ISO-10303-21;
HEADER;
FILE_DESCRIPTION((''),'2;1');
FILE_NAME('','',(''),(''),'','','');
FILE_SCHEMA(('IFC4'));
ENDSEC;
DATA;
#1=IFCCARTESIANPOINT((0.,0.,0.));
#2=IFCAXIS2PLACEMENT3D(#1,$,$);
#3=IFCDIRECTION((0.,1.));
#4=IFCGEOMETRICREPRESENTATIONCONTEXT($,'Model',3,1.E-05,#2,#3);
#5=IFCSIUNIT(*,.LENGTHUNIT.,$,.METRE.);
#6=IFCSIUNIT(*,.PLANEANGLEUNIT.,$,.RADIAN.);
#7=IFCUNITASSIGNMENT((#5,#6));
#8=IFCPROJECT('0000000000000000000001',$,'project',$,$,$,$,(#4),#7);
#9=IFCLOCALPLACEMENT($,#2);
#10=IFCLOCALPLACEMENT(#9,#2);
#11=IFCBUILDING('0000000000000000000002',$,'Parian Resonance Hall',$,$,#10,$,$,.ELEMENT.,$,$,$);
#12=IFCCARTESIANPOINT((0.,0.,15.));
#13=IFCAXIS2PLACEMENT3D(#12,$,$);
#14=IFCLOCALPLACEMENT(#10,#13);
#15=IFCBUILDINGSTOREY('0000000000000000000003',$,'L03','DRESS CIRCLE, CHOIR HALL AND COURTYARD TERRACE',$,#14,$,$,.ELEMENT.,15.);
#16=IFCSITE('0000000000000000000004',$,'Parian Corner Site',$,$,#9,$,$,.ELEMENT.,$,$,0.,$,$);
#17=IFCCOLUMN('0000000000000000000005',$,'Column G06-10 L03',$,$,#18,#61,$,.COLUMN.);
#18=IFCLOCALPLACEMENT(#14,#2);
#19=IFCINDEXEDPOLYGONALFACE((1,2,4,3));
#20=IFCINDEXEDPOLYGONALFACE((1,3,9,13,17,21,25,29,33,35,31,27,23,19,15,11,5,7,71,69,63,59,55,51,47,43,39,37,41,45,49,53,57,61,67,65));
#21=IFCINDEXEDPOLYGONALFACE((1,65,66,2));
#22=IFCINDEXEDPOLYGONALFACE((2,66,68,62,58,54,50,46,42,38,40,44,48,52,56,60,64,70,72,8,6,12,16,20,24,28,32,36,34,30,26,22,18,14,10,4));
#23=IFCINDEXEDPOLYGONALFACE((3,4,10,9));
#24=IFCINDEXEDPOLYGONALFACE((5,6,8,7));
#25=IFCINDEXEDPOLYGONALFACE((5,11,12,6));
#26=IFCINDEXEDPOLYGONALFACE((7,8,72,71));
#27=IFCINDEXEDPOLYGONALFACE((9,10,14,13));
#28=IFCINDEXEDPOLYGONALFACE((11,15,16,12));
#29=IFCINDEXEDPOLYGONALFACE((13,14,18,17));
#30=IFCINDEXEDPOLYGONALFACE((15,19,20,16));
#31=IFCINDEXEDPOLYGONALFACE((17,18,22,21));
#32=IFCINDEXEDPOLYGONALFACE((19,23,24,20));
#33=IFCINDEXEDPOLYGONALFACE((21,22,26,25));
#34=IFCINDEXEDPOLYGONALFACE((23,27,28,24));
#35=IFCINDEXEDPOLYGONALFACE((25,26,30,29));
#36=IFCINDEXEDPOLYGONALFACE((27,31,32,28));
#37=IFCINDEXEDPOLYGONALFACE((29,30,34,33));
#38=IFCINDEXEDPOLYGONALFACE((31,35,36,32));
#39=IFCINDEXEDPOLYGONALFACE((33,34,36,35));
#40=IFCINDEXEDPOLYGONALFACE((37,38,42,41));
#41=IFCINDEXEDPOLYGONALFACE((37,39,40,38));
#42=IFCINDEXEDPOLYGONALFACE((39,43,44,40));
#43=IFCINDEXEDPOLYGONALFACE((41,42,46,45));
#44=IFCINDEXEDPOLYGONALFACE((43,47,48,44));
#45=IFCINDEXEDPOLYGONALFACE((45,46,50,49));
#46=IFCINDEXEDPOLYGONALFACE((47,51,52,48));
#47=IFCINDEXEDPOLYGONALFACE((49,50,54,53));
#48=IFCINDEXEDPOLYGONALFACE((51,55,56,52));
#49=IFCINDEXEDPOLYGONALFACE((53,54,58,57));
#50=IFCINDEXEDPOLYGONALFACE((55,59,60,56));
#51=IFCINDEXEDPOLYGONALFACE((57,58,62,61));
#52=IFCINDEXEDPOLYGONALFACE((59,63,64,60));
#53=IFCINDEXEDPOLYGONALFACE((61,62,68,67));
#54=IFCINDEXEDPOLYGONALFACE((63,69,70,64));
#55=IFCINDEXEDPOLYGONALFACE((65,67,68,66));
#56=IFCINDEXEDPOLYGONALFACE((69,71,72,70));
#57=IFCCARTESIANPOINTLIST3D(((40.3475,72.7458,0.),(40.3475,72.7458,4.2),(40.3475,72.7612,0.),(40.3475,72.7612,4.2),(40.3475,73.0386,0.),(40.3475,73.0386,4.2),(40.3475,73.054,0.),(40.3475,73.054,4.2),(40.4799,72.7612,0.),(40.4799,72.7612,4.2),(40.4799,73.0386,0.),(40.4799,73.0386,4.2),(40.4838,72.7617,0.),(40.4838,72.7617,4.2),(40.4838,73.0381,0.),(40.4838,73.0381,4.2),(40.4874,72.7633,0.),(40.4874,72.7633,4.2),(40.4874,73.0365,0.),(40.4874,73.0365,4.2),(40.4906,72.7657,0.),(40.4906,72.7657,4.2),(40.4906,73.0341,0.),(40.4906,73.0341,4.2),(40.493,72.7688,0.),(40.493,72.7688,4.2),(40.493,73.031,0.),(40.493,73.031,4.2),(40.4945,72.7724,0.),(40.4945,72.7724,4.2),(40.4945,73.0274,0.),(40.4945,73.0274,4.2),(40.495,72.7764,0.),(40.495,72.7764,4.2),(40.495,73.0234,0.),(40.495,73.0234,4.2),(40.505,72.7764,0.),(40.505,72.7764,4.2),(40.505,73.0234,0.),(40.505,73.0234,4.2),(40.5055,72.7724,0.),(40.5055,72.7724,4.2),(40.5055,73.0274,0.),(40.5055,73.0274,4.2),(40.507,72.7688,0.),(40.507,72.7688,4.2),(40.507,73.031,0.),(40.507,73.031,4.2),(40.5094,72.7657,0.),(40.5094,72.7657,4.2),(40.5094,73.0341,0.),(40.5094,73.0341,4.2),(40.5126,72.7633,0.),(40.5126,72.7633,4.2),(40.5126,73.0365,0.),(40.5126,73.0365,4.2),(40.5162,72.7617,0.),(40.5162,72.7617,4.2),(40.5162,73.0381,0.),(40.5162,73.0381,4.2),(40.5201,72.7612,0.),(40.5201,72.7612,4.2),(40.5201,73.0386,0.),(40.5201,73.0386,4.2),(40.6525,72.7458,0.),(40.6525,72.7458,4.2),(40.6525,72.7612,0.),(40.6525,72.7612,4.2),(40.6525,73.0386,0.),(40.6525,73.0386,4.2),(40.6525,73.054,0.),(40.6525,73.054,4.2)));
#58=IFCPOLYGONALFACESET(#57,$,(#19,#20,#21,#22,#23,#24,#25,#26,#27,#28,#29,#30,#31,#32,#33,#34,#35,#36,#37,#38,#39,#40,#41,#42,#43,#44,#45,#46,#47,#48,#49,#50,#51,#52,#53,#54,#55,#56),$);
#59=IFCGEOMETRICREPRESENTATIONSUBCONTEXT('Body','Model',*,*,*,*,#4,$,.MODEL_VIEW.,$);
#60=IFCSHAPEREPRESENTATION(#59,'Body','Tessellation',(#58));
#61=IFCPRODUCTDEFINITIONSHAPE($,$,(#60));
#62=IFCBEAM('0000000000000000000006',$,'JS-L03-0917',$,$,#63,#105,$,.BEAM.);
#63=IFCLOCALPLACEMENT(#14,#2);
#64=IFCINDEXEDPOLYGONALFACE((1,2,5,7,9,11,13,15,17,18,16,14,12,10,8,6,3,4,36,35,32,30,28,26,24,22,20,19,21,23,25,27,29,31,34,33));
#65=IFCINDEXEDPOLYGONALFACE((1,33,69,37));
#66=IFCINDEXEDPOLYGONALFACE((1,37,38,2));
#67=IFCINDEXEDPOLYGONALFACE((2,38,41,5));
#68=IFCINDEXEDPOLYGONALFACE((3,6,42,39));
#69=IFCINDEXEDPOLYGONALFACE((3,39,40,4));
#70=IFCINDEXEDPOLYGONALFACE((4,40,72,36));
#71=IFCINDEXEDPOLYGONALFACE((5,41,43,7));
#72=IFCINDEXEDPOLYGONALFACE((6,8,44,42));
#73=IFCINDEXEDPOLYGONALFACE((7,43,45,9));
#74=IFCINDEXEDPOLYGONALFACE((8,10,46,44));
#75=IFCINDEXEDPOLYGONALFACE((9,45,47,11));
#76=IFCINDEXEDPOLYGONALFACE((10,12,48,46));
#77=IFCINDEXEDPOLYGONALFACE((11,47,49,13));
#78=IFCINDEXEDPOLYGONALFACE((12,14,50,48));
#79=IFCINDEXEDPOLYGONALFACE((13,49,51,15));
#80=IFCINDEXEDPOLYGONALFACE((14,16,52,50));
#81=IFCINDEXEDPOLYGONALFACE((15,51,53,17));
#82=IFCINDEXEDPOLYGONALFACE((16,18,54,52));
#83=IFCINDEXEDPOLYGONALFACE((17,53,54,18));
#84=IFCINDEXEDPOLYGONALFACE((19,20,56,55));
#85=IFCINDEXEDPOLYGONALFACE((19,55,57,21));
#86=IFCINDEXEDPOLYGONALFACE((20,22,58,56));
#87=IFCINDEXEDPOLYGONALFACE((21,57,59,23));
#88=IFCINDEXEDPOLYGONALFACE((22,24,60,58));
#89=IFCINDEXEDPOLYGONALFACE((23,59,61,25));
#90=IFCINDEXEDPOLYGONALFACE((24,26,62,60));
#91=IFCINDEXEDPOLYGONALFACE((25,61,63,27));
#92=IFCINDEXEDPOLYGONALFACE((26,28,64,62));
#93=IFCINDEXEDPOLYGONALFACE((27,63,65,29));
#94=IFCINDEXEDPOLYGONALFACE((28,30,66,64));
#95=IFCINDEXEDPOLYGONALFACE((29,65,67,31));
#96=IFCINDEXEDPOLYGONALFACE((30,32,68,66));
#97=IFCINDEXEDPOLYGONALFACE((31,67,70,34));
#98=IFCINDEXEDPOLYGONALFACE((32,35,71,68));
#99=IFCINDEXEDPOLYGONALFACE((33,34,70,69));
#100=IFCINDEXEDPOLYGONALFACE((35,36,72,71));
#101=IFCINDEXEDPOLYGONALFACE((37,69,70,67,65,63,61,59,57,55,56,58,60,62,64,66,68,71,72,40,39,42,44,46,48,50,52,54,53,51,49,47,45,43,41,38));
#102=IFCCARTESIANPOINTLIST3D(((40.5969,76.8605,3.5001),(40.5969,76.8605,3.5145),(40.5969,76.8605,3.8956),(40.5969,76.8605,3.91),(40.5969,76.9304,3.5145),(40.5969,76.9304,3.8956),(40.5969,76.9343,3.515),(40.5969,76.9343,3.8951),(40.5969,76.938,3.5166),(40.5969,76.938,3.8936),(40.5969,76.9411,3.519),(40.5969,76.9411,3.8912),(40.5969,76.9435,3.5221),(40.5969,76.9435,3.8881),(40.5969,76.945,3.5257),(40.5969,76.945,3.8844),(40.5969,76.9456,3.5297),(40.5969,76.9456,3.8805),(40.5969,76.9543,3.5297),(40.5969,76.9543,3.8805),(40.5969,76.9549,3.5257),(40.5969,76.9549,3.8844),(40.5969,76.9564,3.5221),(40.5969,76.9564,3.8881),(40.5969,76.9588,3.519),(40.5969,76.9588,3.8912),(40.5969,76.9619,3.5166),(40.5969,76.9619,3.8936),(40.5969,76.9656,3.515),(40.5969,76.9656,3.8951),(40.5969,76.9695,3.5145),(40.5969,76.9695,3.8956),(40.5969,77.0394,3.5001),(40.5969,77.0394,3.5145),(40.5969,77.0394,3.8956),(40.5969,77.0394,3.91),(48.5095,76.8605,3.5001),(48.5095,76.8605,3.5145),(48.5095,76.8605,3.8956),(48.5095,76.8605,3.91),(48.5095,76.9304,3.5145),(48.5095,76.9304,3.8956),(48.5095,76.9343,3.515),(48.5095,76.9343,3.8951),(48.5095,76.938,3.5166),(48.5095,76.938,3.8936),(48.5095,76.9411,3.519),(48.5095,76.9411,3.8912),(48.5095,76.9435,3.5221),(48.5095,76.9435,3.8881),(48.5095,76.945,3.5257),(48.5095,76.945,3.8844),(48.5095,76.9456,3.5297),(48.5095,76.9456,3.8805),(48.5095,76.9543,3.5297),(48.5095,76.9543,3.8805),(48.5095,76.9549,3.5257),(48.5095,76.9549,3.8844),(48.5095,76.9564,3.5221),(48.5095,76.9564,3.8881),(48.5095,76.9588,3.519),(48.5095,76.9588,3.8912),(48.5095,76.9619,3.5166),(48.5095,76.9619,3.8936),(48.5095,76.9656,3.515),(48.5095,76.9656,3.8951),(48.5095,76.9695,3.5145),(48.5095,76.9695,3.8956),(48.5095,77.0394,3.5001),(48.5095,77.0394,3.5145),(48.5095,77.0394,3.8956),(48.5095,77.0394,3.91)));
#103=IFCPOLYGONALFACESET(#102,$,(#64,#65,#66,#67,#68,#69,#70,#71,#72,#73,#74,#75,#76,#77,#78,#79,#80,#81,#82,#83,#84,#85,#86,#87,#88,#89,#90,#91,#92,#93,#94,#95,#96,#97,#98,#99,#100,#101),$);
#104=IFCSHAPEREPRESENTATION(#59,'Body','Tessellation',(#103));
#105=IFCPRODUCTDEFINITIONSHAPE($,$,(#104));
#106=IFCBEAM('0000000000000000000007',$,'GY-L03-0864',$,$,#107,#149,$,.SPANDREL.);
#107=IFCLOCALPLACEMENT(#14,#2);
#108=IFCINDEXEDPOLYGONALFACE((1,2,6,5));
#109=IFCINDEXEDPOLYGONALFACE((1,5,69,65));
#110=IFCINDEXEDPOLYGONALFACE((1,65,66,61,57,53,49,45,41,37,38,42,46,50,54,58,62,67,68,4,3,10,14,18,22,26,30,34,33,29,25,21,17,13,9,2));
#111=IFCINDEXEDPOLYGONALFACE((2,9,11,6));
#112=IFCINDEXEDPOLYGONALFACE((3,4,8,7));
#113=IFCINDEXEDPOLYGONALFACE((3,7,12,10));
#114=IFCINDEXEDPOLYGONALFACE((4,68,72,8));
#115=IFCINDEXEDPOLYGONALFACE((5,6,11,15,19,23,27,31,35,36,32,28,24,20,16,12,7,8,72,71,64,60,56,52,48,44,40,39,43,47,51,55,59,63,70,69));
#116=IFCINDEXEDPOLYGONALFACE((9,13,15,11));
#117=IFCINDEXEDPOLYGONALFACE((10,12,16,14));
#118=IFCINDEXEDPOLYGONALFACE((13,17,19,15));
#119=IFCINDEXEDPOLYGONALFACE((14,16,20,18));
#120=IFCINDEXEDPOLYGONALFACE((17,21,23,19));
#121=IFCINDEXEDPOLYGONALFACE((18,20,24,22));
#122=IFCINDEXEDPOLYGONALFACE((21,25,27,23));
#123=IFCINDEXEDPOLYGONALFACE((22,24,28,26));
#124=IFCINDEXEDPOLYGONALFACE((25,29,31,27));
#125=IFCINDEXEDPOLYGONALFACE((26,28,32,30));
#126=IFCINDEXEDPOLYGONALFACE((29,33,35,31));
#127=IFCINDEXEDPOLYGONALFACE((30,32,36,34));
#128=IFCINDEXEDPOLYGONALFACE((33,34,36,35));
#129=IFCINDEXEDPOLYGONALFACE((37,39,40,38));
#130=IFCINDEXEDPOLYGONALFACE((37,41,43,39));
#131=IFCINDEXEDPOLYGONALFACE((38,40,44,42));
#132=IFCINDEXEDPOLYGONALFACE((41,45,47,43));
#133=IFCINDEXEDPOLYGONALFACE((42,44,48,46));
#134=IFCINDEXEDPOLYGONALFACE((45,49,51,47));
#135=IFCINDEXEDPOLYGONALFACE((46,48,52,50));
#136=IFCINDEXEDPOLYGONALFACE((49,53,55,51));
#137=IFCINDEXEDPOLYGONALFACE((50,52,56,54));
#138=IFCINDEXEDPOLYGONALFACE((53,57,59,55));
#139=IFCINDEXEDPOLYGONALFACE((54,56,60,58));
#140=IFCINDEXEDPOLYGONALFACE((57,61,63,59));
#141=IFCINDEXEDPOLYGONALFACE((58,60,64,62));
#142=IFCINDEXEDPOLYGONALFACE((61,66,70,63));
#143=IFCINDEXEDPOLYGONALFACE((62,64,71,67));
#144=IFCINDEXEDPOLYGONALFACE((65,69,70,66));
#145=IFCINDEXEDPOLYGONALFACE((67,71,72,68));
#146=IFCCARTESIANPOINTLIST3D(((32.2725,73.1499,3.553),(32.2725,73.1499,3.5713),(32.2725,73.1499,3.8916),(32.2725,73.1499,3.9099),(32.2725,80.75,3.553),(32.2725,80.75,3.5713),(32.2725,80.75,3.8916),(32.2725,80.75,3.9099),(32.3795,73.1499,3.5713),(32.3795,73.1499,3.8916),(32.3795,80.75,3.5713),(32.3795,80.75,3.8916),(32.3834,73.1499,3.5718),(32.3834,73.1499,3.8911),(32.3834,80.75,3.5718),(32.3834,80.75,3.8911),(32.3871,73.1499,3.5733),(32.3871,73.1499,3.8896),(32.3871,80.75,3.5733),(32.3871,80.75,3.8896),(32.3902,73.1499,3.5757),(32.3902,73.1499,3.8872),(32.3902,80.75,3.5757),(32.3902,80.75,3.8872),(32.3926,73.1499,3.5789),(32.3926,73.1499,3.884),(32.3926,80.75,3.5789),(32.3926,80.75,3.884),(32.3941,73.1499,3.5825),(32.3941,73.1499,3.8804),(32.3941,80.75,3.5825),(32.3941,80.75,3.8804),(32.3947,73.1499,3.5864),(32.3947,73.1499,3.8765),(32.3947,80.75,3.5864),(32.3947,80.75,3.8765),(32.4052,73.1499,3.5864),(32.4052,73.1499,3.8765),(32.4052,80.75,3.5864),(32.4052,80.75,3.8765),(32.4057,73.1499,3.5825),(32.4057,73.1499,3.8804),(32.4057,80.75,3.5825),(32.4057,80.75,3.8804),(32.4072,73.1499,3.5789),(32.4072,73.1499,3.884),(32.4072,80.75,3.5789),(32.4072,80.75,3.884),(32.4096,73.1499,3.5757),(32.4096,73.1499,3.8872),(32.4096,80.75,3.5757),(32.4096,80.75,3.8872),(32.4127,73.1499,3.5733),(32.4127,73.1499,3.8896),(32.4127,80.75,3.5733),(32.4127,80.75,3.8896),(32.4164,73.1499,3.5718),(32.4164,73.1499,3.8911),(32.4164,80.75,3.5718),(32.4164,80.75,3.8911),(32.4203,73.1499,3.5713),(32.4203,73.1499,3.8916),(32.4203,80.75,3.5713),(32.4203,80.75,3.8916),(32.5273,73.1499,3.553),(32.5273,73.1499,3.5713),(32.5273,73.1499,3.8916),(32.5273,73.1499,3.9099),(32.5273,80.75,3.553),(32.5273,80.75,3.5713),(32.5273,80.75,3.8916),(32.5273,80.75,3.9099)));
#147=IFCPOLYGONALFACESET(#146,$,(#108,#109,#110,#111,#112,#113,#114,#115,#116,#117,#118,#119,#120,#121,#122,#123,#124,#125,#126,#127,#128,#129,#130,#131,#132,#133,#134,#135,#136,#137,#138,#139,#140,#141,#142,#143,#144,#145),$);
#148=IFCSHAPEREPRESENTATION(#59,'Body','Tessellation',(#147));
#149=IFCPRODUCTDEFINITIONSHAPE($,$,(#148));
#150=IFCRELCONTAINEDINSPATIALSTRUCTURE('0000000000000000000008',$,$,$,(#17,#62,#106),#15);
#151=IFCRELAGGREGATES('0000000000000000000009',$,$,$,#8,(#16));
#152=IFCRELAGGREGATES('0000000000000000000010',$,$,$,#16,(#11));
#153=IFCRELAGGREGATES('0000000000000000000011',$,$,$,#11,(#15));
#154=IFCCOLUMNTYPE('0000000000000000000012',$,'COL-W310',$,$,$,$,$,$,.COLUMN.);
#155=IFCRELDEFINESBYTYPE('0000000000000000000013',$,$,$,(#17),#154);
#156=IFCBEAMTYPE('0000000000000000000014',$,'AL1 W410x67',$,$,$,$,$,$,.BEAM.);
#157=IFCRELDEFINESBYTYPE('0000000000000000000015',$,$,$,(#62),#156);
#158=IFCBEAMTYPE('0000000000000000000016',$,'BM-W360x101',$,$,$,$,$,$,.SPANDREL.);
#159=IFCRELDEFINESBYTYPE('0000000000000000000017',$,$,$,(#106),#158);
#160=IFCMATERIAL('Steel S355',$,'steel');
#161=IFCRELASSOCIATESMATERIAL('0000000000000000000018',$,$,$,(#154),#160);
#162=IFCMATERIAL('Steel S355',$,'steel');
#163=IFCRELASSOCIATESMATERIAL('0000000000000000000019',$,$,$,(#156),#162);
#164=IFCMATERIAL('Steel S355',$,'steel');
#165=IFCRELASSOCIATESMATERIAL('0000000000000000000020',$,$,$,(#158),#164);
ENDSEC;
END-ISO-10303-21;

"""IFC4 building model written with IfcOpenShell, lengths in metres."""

from ifc_helpers import new_model, si_unit, direction, frame, origin, origin_2d, place, context, subcontext, project, spatial, i_section, extrude, material, material_profile, profile_set, type_object, element, save


model = new_model("IFC4")

# Units and contexts
model_context = context("Model", 3, precision=1e-05, world=origin(), true_north=direction((0.0, 1.0)))
body_context = subcontext(model_context, "Body", "Model", "MODEL_VIEW")
ifc_project = project(units=[si_unit("LENGTHUNIT", "METRE"), si_unit("PLANEANGLEUNIT", "RADIAN")], contexts=[model_context])

# Site, building, storey
site_placement = place(None, origin())
site = spatial("IfcSite", under=ifc_project, at=site_placement, Name="Parian Corner Site", CompositionType="ELEMENT", RefElevation=0.0)
building_placement = place(site_placement, origin())
building = spatial("IfcBuilding", under=site, at=building_placement, Name="Parian Resonance Hall", CompositionType="ELEMENT")
storey_placement = place(building_placement, frame((0.0, 0.0, 15.0)))
storey = spatial("IfcBuildingStorey", under=building, at=storey_placement, Name="L03", Description="DRESS CIRCLE, CHOIR HALL AND COURTYARD TERRACE", CompositionType="ELEMENT", Elevation=15.0)

# Column
ifc_material_1 = material(Name="Steel S355", Category="steel")
ifc_material_profile_1 = material_profile(ifc_material_1, i_section(OverallWidth=0.3049, OverallDepth=0.3081, WebThickness=0.01, FlangeThickness=0.0154, FilletRadius=0.0151, at=origin_2d()), Name="W310x97")
ifc_profile_set_1 = profile_set([ifc_material_profile_1], Name="Steel S355")
column_type = type_object("IfcColumnType", Name="COL-W310", PredefinedType="COLUMN", material=ifc_profile_set_1)
column_placement = place(storey_placement, frame((40.5, 72.8999, 0.0), z_axis=(0.0, 0.0, 1.0), x_axis=(1.0, 0.0, 0.0)))
element("IfcColumn", 1, at=column_placement, inside=storey, type_object=column_type, Name="Column G06-10 L03", PredefinedType="COLUMN", context=body_context, shape_type="SweptSolid", body=[
    extrude(i_section(OverallWidth=0.3049, OverallDepth=0.3081, WebThickness=0.01, FlangeThickness=0.0154, FilletRadius=0.0151, at=origin_2d()), origin(), (0.0, 0.0, 1.0), 4.2),
])

# Beams
ifc_material_2 = material(Name="Steel S355", Category="steel")
ifc_material_profile_2 = material_profile(ifc_material_2, i_section(OverallWidth=0.179, OverallDepth=0.4099, WebThickness=0.0088, FlangeThickness=0.0144, FilletRadius=0.0151, at=origin_2d()), Name="W410x67")
ifc_profile_set_2 = profile_set([ifc_material_profile_2], Name="Steel S355")
beam_type_1 = type_object("IfcBeamType", Name="AL1 W410x67", PredefinedType="BEAM", material=ifc_profile_set_2)
beam_1_placement = place(storey_placement, frame((40.5969, 76.95, 3.7051), z_axis=(1.0, 0.0, 0.0), x_axis=(0.0, 1.0, 0.0)))
element("IfcBeam", 2, at=beam_1_placement, inside=storey, type_object=beam_type_1, Name="JS-L03-0917", PredefinedType="BEAM", context=body_context, shape_type="SweptSolid", body=[
    extrude(i_section(OverallWidth=0.179, OverallDepth=0.4099, WebThickness=0.0088, FlangeThickness=0.0144, FilletRadius=0.0151, at=origin_2d()), origin(), (0.0, 0.0, 1.0), 7.9126),
])
ifc_material_3 = material(Name="Steel S355", Category="steel")
ifc_material_profile_3 = material_profile(ifc_material_3, i_section(OverallWidth=0.2549, OverallDepth=0.3569, WebThickness=0.0105, FlangeThickness=0.0183, FilletRadius=0.0151, at=origin_2d()), Name="W360x101")
ifc_profile_set_3 = profile_set([ifc_material_profile_3], Name="Steel S355")
beam_type_2 = type_object("IfcBeamType", Name="BM-W360x101", PredefinedType="SPANDREL", material=ifc_profile_set_3)
beam_2_placement = place(storey_placement, frame((32.3999, 73.1499, 3.7314), z_axis=(0.0, 1.0, 0.0), x_axis=(-1.0, 0.0, 0.0)))
element("IfcBeam", 3, at=beam_2_placement, inside=storey, type_object=beam_type_2, Name="GY-L03-0864", PredefinedType="SPANDREL", context=body_context, shape_type="SweptSolid", body=[
    extrude(i_section(OverallWidth=0.2549, OverallDepth=0.3569, WebThickness=0.0105, FlangeThickness=0.0183, FilletRadius=0.0151, at=origin_2d()), origin(), (0.0, 0.0, 1.0), 7.6001),
])

save(model, "model.ifc")
